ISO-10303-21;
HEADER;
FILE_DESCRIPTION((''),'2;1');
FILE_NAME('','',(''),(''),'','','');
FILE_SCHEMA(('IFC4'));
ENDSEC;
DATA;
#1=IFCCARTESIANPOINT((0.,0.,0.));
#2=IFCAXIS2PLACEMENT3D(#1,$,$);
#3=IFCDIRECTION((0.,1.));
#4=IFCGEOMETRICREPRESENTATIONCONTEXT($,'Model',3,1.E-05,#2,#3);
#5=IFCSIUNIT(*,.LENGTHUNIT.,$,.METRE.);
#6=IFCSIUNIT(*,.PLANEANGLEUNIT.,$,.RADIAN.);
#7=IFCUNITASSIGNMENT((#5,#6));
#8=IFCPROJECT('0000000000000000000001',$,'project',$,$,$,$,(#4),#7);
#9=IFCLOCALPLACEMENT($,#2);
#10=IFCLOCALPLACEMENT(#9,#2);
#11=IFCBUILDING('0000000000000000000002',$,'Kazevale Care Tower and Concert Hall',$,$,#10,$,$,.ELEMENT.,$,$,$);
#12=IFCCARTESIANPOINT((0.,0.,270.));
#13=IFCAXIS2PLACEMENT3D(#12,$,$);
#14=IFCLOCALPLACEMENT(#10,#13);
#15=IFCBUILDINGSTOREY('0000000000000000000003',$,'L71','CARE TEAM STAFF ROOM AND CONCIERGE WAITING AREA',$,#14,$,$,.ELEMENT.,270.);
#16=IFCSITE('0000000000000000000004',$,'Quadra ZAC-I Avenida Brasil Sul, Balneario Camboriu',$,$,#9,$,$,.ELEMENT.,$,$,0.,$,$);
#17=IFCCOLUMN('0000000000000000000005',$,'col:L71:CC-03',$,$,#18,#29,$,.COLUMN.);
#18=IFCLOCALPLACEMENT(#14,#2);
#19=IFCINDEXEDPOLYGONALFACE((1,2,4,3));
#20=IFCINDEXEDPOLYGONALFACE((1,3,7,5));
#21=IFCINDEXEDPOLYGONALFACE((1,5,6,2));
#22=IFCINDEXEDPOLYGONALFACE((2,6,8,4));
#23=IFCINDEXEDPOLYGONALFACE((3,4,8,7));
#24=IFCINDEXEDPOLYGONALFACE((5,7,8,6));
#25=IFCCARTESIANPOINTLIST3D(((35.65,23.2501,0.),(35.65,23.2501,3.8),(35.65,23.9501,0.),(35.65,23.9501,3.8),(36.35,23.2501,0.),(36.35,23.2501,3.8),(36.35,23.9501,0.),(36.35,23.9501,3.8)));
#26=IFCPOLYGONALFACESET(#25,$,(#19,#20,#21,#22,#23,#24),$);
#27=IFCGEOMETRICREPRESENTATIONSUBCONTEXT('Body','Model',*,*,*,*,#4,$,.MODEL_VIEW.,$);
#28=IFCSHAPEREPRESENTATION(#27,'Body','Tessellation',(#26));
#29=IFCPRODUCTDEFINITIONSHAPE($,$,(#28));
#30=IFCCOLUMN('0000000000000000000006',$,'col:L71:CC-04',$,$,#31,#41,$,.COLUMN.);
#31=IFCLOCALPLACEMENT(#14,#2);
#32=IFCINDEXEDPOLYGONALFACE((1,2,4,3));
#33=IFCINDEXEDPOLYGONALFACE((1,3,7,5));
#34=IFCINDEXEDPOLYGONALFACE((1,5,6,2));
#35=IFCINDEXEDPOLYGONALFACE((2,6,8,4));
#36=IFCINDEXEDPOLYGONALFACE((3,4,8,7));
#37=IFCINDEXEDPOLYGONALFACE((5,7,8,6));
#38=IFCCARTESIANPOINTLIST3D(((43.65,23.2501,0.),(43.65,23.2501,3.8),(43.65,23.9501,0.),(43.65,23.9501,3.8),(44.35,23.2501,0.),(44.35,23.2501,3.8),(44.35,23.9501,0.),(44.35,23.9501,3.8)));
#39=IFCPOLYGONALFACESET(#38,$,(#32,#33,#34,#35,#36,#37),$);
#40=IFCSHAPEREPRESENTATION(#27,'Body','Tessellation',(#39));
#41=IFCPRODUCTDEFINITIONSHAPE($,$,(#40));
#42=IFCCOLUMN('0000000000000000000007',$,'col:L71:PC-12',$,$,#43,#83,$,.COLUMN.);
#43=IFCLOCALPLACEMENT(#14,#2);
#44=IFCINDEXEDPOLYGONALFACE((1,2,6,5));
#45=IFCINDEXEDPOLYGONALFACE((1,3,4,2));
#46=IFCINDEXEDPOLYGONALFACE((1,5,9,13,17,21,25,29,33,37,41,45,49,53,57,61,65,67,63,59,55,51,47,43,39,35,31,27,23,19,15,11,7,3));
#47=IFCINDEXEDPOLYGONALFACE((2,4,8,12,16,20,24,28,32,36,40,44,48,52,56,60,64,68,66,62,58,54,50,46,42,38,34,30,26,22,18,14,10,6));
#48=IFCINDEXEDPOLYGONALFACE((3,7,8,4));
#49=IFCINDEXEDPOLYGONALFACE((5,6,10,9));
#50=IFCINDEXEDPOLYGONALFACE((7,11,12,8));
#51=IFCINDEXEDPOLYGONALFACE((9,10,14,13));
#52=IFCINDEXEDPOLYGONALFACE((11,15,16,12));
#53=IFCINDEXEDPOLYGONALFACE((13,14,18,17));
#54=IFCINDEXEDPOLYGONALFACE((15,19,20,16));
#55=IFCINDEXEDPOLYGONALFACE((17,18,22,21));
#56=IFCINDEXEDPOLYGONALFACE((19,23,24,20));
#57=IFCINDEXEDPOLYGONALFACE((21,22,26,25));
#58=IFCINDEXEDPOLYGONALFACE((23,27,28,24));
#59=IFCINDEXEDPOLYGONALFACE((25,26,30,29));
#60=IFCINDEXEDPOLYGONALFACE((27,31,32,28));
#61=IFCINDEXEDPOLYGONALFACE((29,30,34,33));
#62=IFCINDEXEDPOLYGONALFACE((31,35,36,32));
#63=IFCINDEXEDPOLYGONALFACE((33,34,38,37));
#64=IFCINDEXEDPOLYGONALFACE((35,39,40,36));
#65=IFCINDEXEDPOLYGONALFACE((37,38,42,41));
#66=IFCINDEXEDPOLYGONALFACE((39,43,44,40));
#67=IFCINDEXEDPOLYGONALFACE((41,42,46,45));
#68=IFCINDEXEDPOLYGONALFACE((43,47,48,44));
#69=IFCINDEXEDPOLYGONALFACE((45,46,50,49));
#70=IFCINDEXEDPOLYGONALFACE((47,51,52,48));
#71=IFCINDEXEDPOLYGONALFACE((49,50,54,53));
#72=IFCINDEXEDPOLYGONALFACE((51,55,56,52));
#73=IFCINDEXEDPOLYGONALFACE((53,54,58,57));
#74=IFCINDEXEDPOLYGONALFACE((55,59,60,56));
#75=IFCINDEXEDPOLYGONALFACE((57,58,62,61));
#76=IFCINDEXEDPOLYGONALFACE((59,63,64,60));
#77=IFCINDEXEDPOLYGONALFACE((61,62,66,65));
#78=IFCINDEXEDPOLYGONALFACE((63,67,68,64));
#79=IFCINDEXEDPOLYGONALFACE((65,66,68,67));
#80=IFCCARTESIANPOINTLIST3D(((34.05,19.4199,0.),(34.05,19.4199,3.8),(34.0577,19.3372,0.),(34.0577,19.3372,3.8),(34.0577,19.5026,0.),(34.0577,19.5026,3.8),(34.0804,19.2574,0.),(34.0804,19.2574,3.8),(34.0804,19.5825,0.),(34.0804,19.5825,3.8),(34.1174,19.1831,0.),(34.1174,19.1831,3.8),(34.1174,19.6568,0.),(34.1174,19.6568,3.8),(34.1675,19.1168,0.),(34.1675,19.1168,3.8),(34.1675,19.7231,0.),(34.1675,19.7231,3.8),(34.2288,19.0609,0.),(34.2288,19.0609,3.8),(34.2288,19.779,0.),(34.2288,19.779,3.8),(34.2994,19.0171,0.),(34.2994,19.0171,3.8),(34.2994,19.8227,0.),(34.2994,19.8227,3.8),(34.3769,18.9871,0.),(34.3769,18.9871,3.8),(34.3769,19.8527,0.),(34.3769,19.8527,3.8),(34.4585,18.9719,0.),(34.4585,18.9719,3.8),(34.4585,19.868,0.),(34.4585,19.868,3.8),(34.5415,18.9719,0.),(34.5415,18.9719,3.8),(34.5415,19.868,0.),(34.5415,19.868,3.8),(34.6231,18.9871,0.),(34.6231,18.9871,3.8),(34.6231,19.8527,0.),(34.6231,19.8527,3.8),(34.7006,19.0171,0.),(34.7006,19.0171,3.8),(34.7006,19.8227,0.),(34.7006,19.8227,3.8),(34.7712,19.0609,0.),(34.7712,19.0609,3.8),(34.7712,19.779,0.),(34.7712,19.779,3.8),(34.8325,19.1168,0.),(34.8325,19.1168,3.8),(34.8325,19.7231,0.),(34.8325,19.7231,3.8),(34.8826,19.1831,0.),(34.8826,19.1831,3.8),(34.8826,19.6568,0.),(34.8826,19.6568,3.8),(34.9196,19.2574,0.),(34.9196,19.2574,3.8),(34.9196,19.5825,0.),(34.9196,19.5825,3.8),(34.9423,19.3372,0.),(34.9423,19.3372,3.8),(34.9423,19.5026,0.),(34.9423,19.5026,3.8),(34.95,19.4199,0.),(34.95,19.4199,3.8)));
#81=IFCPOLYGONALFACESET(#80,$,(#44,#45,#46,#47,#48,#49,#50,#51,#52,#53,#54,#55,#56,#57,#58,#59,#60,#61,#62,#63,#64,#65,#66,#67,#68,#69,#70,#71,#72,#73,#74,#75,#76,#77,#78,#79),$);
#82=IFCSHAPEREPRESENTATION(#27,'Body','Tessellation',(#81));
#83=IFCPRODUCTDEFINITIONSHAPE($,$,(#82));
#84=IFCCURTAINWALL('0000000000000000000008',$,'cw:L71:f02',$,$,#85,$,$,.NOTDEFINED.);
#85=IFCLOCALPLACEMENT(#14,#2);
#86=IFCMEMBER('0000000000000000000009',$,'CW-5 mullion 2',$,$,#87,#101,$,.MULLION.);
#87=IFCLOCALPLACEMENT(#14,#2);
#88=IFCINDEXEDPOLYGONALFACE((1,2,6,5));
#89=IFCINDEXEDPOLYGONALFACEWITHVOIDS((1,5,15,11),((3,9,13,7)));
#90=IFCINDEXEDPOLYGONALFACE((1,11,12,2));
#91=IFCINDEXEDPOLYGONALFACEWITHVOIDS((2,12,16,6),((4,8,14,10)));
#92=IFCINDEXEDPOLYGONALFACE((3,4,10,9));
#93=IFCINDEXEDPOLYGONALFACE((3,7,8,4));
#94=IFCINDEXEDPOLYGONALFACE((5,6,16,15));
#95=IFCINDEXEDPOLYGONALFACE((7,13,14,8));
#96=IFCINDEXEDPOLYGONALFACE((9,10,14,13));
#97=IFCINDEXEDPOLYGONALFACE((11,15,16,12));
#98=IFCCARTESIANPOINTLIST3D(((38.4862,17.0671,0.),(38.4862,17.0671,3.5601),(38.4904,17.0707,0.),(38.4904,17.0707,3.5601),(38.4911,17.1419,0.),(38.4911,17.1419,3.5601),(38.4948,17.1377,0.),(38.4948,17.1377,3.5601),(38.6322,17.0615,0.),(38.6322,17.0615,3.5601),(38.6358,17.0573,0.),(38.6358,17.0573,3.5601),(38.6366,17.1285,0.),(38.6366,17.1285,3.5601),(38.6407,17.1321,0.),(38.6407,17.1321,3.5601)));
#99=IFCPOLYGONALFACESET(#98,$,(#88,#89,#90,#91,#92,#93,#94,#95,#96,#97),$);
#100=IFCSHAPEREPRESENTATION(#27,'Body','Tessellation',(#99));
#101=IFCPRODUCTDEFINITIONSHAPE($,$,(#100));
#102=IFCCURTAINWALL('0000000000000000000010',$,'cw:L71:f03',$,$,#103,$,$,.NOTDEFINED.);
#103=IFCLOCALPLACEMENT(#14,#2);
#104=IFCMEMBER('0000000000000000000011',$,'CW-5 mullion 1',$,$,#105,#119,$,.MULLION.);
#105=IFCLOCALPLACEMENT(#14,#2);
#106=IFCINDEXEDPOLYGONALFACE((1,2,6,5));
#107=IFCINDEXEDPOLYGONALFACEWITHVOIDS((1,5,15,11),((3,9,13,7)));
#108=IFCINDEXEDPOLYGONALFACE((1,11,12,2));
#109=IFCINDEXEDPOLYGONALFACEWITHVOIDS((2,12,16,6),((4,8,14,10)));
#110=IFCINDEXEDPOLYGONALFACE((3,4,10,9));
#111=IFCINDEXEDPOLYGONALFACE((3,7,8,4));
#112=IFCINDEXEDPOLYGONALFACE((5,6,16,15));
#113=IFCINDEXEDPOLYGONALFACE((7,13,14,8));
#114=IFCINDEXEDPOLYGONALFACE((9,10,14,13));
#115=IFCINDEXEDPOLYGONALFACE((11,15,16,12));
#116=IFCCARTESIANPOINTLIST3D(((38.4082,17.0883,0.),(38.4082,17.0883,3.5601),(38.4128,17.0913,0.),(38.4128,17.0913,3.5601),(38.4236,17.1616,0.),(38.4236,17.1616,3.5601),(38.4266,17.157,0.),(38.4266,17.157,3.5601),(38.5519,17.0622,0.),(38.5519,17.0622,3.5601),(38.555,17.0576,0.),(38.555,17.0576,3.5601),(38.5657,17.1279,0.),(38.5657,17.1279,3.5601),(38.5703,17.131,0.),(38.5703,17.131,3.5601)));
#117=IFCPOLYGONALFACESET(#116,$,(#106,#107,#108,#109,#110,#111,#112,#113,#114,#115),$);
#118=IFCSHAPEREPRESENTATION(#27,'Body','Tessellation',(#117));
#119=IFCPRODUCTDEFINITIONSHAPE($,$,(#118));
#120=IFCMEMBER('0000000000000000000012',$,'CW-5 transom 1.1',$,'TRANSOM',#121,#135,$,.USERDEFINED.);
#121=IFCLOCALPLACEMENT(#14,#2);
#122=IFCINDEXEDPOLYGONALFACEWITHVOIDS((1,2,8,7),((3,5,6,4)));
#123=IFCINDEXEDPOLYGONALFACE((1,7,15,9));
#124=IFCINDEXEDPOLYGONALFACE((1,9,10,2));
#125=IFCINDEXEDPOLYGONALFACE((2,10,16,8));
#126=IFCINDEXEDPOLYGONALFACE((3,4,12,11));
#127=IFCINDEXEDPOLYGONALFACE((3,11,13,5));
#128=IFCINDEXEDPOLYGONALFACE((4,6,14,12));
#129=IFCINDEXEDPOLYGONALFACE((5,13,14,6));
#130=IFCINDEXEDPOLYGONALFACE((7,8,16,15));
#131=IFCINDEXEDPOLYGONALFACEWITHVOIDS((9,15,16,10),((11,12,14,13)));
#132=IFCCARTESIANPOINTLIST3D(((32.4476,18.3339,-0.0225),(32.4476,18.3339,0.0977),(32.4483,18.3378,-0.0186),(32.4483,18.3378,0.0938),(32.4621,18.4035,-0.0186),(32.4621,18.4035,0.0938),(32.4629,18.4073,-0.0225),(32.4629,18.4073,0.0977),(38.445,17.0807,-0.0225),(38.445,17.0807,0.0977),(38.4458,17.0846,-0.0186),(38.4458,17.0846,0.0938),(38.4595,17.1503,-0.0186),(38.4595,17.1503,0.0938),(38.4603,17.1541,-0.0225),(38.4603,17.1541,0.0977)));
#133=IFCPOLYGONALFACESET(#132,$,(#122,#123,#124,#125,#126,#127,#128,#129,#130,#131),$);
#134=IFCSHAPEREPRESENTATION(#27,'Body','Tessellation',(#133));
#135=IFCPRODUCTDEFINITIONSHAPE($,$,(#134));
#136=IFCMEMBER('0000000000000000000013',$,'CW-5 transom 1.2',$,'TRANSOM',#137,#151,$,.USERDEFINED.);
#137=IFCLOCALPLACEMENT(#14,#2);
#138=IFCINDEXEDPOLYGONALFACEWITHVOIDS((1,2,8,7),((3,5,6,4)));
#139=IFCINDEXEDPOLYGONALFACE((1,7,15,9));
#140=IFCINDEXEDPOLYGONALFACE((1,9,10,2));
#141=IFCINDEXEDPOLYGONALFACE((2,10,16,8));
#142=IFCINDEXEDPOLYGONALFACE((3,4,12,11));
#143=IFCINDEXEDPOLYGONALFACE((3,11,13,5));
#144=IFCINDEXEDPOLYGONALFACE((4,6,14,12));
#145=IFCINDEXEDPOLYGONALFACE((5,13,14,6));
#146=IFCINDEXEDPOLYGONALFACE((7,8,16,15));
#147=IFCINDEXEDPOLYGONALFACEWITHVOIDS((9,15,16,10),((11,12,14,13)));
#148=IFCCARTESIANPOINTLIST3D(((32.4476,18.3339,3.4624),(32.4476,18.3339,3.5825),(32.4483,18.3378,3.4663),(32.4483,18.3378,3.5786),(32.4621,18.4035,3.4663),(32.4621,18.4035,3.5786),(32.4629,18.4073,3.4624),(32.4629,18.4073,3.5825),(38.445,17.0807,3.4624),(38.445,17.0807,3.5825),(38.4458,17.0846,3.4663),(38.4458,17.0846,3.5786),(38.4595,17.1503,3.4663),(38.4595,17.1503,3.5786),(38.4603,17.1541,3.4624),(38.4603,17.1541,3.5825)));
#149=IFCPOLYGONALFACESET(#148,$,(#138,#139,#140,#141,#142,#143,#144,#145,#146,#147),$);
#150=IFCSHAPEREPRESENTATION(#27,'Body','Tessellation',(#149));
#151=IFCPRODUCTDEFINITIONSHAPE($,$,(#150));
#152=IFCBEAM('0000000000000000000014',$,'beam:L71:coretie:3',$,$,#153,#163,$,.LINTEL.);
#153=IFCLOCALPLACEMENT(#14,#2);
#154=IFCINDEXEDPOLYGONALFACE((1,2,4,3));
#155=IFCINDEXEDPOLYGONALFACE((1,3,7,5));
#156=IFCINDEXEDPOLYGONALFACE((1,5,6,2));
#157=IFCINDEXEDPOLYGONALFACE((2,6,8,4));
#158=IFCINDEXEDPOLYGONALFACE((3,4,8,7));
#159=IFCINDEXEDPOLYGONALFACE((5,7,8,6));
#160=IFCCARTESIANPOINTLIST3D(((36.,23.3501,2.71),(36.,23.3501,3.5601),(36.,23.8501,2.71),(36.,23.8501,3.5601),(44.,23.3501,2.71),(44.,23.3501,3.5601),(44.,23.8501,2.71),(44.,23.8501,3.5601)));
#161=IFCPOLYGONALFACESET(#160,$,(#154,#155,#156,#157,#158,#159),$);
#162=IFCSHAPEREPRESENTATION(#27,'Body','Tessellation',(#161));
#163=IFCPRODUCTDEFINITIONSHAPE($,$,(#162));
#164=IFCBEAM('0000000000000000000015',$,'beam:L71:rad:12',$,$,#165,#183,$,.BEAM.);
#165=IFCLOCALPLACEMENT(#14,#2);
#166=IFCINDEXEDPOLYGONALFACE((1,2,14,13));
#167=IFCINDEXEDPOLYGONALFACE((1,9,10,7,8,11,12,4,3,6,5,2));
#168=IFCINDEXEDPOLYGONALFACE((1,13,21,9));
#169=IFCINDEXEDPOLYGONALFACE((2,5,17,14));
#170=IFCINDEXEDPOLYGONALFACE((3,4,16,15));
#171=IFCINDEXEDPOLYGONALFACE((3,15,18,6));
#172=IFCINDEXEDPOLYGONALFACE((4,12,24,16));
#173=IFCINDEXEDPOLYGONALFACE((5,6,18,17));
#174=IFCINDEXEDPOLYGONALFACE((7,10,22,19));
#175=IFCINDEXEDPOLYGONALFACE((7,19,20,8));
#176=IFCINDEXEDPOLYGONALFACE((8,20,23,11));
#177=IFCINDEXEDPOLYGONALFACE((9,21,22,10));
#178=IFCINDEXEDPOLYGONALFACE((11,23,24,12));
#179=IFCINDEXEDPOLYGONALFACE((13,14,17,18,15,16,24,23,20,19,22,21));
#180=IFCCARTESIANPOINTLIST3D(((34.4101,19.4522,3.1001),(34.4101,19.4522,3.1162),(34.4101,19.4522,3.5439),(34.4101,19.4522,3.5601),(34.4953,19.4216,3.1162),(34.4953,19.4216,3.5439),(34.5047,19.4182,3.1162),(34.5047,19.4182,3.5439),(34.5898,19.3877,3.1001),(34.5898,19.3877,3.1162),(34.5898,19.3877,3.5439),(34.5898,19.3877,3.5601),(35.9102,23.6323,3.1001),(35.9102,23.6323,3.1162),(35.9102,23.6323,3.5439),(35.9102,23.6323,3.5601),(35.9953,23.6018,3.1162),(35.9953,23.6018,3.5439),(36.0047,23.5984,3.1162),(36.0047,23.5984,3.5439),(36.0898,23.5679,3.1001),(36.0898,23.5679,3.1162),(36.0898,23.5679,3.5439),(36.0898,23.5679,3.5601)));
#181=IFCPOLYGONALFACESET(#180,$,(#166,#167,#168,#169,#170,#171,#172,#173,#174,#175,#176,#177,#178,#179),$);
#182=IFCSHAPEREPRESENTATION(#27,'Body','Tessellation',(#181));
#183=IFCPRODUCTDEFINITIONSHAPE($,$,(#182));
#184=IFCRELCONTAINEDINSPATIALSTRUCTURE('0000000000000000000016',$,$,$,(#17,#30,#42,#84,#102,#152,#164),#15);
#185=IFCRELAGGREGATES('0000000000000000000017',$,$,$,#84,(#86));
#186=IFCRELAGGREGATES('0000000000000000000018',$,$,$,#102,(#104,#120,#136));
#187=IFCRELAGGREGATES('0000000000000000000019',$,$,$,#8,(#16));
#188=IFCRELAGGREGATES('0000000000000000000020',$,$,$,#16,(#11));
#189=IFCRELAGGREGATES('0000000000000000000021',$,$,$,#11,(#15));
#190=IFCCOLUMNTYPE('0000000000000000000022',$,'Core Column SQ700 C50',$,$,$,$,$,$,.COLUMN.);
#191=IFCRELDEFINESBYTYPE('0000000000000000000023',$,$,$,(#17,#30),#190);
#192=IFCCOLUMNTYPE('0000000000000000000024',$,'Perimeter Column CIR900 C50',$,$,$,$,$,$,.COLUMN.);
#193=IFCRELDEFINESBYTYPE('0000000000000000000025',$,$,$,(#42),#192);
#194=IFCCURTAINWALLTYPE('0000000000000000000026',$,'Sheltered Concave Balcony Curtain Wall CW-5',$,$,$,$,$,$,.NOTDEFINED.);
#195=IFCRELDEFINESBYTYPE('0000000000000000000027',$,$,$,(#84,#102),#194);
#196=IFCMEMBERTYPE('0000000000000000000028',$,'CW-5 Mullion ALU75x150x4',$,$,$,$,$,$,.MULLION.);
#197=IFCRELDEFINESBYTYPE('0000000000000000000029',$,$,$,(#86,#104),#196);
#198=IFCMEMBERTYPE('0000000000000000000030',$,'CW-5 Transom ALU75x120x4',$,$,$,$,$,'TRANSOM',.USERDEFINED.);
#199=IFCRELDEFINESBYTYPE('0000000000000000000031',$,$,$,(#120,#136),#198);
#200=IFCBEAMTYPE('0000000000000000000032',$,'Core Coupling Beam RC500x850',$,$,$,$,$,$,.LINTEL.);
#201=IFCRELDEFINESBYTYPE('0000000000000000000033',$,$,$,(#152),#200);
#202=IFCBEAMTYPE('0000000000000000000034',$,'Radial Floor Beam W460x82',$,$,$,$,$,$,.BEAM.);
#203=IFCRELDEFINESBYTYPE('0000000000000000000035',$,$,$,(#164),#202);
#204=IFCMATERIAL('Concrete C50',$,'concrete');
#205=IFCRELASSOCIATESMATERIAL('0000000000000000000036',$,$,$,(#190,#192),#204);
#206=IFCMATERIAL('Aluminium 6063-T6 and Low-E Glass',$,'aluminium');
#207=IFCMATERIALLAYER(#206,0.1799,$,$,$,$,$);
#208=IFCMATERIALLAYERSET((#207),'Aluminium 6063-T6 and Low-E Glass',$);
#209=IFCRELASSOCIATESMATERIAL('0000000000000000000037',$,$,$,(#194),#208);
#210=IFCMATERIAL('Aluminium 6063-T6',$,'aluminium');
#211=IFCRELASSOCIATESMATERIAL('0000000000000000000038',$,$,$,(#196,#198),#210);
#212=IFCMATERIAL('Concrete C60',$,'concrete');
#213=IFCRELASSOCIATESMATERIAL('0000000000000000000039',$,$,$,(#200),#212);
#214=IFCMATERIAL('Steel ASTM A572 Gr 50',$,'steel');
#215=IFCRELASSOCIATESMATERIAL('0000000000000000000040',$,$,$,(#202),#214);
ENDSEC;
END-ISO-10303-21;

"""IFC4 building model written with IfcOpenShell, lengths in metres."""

from ifc_helpers import new_model, si_unit, direction, frame, origin, origin_2d, place, context, subcontext, project, spatial, rectangle, hollow_rectangle, circle, i_section, extrude, material, layer, layer_set, material_profile, profile_set, type_object, element, aggregate, save


model = new_model("IFC4")

# Units and contexts
model_context = context("Model", 3, precision=1e-05, world=origin(), true_north=direction((0.0, 1.0)))
body_context = subcontext(model_context, "Body", "Model", "MODEL_VIEW")
ifc_project = project(units=[si_unit("LENGTHUNIT", "METRE"), si_unit("PLANEANGLEUNIT", "RADIAN")], contexts=[model_context])

# Site, building, storey
site_placement = place(None, origin())
site = spatial("IfcSite", under=ifc_project, at=site_placement, Name="Quadra ZAC-I Avenida Brasil Sul, Balneario Camboriu", CompositionType="ELEMENT", RefElevation=0.0)
building_placement = place(site_placement, origin())
building = spatial("IfcBuilding", under=site, at=building_placement, Name="Kazevale Care Tower and Concert Hall", CompositionType="ELEMENT")
storey_placement = place(building_placement, frame((0.0, 0.0, 270.0)))
storey = spatial("IfcBuildingStorey", under=building, at=storey_placement, Name="L71", Description="CARE TEAM STAFF ROOM AND CONCIERGE WAITING AREA", CompositionType="ELEMENT", Elevation=270.0)

# Columns
ifc_material_1 = material(Name="Concrete C50", Category="concrete")
ifc_material_profile_1 = material_profile(ifc_material_1, rectangle(XDim=0.7, YDim=0.7, at=origin_2d()), Name="RC-SQ700")
ifc_profile_set_1 = profile_set([ifc_material_profile_1], Name="Concrete C50")
column_type_1 = type_object("IfcColumnType", Name="Core Column SQ700 C50", PredefinedType="COLUMN", material=ifc_profile_set_1)
for number, where, z_axis, x_axis, name in (
    (1, (36.0, 23.6001, 0.0), (0.0, 0.0, 1.0), (1.0, 0.0, 0.0), "col:L71:CC-03"),
    (2, (44.0, 23.6001, 0.0), (0.0, 0.0, 1.0), (1.0, 0.0, 0.0), "col:L71:CC-04"),
):
    element("IfcColumn", number, at=place(storey_placement, frame(where, z_axis=z_axis, x_axis=x_axis)), inside=storey, type_object=column_type_1, Name=name, PredefinedType="COLUMN", context=body_context, shape_type="SweptSolid", body=[
        extrude(rectangle(XDim=0.7, YDim=0.7, at=origin_2d()), origin(), (0.0, 0.0, 1.0), 3.8),
    ])
ifc_material_profile_2 = material_profile(ifc_material_1, circle(Radius=0.45, at=origin_2d()), Name="RC-CIR900")
ifc_profile_set_2 = profile_set([ifc_material_profile_2], Name="Concrete C50")
column_type_2 = type_object("IfcColumnType", Name="Perimeter Column CIR900 C50", PredefinedType="COLUMN", material=ifc_profile_set_2)
column_placement = place(storey_placement, frame((34.5, 19.4199, 0.0), z_axis=(0.0, 0.0, 1.0), x_axis=(1.0, 0.0, 0.0)))
element("IfcColumn", 3, at=column_placement, inside=storey, type_object=column_type_2, Name="col:L71:PC-12", PredefinedType="COLUMN", context=body_context, shape_type="SweptSolid", body=[
    extrude(circle(Radius=0.45, at=origin_2d()), origin(), (0.0, 0.0, 1.0), 3.8),
])

# Curtain wall, member
ifc_material_2 = material(Name="Aluminium 6063-T6 and Low-E Glass", Category="aluminium")
ifc_layer_1 = layer(ifc_material_2, 0.1799)
ifc_layer_set_1 = layer_set([ifc_layer_1], Name="Aluminium 6063-T6 and Low-E Glass")
curtain_wall_type = type_object("IfcCurtainWallType", Name="Sheltered Concave Balcony Curtain Wall CW-5", PredefinedType="NOTDEFINED", material=ifc_layer_set_1)
curtain_wall_1_placement = place(storey_placement, origin())
curtain_wall_1 = element("IfcCurtainWall", 4, at=curtain_wall_1_placement, inside=storey, type_object=curtain_wall_type, Name="cw:L71:f02", PredefinedType="NOTDEFINED")
ifc_material_3 = material(Name="Aluminium 6063-T6", Category="aluminium")
ifc_material_profile_3 = material_profile(ifc_material_3, hollow_rectangle(XDim=0.075, YDim=0.1499, WallThickness=0.0039, at=origin_2d()), Name="ALU75x150x4")
ifc_profile_set_3 = profile_set([ifc_material_profile_3], Name="Aluminium 6063-T6")
member_type_1 = type_object("IfcMemberType", Name="CW-5 Mullion ALU75x150x4", PredefinedType="MULLION", material=ifc_profile_set_3)
member_1_placement = place(storey_placement, frame((38.5635, 17.0996, 0.0), z_axis=(0.0, 0.0, 1.0), x_axis=(-0.065046, -0.997882, 0.0)))
member_1 = element("IfcMember", 5, at=member_1_placement, type_object=member_type_1, Name="CW-5 mullion 2", PredefinedType="MULLION", context=body_context, shape_type="SweptSolid", body=[
    extrude(hollow_rectangle(XDim=0.075, YDim=0.1499, WallThickness=0.0039, at=origin_2d()), origin(), (0.0, 0.0, 1.0), 3.5601),
])

# Curtain wall, members
curtain_wall_2_placement = place(storey_placement, origin())
curtain_wall_2 = element("IfcCurtainWall", 6, at=curtain_wall_2_placement, inside=storey, type_object=curtain_wall_type, Name="cw:L71:f03", PredefinedType="NOTDEFINED")
member_2_placement = place(storey_placement, frame((38.4893, 17.1096, 0.0), z_axis=(0.0, 0.0, 1.0), x_axis=(-0.204565, -0.978853, 0.0)))
member_2 = element("IfcMember", 7, at=member_2_placement, type_object=member_type_1, Name="CW-5 mullion 1", PredefinedType="MULLION", context=body_context, shape_type="SweptSolid", body=[
    extrude(hollow_rectangle(XDim=0.075, YDim=0.1499, WallThickness=0.0039, at=origin_2d()), origin(), (0.0, 0.0, 1.0), 3.5601),
])
ifc_material_profile_4 = material_profile(ifc_material_3, hollow_rectangle(XDim=0.075, YDim=0.1201, WallThickness=0.0039, at=origin_2d()), Name="ALU75x120x4")
ifc_profile_set_4 = profile_set([ifc_material_profile_4], Name="Aluminium 6063-T6")
member_type_2 = type_object("IfcMemberType", Name="CW-5 Transom ALU75x120x4", ElementType="TRANSOM", PredefinedType="USERDEFINED", material=ifc_profile_set_4)
member_3_placement = place(storey_placement, frame((38.4526, 17.1174, 0.0376), z_axis=(-0.978859, 0.204538, 0.0), x_axis=(-0.204538, -0.978859, 0.0)))
member_3 = element("IfcMember", 8, at=member_3_placement, type_object=member_type_2, Name="CW-5 transom 1.1", ObjectType="TRANSOM", PredefinedType="USERDEFINED", context=body_context, shape_type="SweptSolid", body=[
    extrude(hollow_rectangle(XDim=0.075, YDim=0.1201, WallThickness=0.0039, at=origin_2d()), origin(), (0.0, 0.0, 1.0), 6.127),
])
member_4_placement = place(storey_placement, frame((38.4526, 17.1174, 3.5225), z_axis=(-0.978859, 0.204538, 0.0), x_axis=(-0.204538, -0.978859, 0.0)))
member_4 = element("IfcMember", 9, at=member_4_placement, type_object=member_type_2, Name="CW-5 transom 1.2", ObjectType="TRANSOM", PredefinedType="USERDEFINED", context=body_context, shape_type="SweptSolid", body=[
    extrude(hollow_rectangle(XDim=0.075, YDim=0.1201, WallThickness=0.0039, at=origin_2d()), origin(), (0.0, 0.0, 1.0), 6.127),
])

# Beams
ifc_material_4 = material(Name="Concrete C60", Category="concrete")
ifc_material_profile_5 = material_profile(ifc_material_4, rectangle(XDim=0.5, YDim=0.8501, at=origin_2d()), Name="RC-B500x850")
ifc_profile_set_5 = profile_set([ifc_material_profile_5], Name="Concrete C60")
beam_type_1 = type_object("IfcBeamType", Name="Core Coupling Beam RC500x850", PredefinedType="LINTEL", material=ifc_profile_set_5)
beam_1_placement = place(storey_placement, frame((36.0, 23.6001, 3.135), z_axis=(1.0, 0.0, 0.0), x_axis=(0.0, 1.0, 0.0)))
element("IfcBeam", 10, at=beam_1_placement, inside=storey, type_object=beam_type_1, Name="beam:L71:coretie:3", PredefinedType="LINTEL", context=body_context, shape_type="SweptSolid", body=[
    extrude(rectangle(XDim=0.5, YDim=0.8501, at=origin_2d()), origin(), (0.0, 0.0, 1.0), 8.0),
])
ifc_material_5 = material(Name="Steel ASTM A572 Gr 50", Category="steel")
ifc_material_profile_6 = material_profile(ifc_material_5, i_section(OverallWidth=0.1909, OverallDepth=0.46, WebThickness=0.01, FlangeThickness=0.0161, at=origin_2d()), Name="W460x82")
ifc_profile_set_6 = profile_set([ifc_material_profile_6], Name="Steel ASTM A572 Gr 50")
beam_type_2 = type_object("IfcBeamType", Name="Radial Floor Beam W460x82", PredefinedType="BEAM", material=ifc_profile_set_6)
beam_2_placement = place(storey_placement, frame((36.0, 23.6001, 3.3301), z_axis=(-0.33775, -0.941236, 0.0), x_axis=(0.941236, -0.33775, 0.0)))
element("IfcBeam", 11, at=beam_2_placement, inside=storey, type_object=beam_type_2, Name="beam:L71:rad:12", PredefinedType="BEAM", context=body_context, shape_type="SweptSolid", body=[
    extrude(i_section(OverallWidth=0.1909, OverallDepth=0.46, WebThickness=0.01, FlangeThickness=0.0161, at=origin_2d()), origin(), (0.0, 0.0, 1.0), 4.4412),
])

aggregate(curtain_wall_1, [member_1])
aggregate(curtain_wall_2, [member_2, member_3, member_4])

save(model, "model.ifc")
